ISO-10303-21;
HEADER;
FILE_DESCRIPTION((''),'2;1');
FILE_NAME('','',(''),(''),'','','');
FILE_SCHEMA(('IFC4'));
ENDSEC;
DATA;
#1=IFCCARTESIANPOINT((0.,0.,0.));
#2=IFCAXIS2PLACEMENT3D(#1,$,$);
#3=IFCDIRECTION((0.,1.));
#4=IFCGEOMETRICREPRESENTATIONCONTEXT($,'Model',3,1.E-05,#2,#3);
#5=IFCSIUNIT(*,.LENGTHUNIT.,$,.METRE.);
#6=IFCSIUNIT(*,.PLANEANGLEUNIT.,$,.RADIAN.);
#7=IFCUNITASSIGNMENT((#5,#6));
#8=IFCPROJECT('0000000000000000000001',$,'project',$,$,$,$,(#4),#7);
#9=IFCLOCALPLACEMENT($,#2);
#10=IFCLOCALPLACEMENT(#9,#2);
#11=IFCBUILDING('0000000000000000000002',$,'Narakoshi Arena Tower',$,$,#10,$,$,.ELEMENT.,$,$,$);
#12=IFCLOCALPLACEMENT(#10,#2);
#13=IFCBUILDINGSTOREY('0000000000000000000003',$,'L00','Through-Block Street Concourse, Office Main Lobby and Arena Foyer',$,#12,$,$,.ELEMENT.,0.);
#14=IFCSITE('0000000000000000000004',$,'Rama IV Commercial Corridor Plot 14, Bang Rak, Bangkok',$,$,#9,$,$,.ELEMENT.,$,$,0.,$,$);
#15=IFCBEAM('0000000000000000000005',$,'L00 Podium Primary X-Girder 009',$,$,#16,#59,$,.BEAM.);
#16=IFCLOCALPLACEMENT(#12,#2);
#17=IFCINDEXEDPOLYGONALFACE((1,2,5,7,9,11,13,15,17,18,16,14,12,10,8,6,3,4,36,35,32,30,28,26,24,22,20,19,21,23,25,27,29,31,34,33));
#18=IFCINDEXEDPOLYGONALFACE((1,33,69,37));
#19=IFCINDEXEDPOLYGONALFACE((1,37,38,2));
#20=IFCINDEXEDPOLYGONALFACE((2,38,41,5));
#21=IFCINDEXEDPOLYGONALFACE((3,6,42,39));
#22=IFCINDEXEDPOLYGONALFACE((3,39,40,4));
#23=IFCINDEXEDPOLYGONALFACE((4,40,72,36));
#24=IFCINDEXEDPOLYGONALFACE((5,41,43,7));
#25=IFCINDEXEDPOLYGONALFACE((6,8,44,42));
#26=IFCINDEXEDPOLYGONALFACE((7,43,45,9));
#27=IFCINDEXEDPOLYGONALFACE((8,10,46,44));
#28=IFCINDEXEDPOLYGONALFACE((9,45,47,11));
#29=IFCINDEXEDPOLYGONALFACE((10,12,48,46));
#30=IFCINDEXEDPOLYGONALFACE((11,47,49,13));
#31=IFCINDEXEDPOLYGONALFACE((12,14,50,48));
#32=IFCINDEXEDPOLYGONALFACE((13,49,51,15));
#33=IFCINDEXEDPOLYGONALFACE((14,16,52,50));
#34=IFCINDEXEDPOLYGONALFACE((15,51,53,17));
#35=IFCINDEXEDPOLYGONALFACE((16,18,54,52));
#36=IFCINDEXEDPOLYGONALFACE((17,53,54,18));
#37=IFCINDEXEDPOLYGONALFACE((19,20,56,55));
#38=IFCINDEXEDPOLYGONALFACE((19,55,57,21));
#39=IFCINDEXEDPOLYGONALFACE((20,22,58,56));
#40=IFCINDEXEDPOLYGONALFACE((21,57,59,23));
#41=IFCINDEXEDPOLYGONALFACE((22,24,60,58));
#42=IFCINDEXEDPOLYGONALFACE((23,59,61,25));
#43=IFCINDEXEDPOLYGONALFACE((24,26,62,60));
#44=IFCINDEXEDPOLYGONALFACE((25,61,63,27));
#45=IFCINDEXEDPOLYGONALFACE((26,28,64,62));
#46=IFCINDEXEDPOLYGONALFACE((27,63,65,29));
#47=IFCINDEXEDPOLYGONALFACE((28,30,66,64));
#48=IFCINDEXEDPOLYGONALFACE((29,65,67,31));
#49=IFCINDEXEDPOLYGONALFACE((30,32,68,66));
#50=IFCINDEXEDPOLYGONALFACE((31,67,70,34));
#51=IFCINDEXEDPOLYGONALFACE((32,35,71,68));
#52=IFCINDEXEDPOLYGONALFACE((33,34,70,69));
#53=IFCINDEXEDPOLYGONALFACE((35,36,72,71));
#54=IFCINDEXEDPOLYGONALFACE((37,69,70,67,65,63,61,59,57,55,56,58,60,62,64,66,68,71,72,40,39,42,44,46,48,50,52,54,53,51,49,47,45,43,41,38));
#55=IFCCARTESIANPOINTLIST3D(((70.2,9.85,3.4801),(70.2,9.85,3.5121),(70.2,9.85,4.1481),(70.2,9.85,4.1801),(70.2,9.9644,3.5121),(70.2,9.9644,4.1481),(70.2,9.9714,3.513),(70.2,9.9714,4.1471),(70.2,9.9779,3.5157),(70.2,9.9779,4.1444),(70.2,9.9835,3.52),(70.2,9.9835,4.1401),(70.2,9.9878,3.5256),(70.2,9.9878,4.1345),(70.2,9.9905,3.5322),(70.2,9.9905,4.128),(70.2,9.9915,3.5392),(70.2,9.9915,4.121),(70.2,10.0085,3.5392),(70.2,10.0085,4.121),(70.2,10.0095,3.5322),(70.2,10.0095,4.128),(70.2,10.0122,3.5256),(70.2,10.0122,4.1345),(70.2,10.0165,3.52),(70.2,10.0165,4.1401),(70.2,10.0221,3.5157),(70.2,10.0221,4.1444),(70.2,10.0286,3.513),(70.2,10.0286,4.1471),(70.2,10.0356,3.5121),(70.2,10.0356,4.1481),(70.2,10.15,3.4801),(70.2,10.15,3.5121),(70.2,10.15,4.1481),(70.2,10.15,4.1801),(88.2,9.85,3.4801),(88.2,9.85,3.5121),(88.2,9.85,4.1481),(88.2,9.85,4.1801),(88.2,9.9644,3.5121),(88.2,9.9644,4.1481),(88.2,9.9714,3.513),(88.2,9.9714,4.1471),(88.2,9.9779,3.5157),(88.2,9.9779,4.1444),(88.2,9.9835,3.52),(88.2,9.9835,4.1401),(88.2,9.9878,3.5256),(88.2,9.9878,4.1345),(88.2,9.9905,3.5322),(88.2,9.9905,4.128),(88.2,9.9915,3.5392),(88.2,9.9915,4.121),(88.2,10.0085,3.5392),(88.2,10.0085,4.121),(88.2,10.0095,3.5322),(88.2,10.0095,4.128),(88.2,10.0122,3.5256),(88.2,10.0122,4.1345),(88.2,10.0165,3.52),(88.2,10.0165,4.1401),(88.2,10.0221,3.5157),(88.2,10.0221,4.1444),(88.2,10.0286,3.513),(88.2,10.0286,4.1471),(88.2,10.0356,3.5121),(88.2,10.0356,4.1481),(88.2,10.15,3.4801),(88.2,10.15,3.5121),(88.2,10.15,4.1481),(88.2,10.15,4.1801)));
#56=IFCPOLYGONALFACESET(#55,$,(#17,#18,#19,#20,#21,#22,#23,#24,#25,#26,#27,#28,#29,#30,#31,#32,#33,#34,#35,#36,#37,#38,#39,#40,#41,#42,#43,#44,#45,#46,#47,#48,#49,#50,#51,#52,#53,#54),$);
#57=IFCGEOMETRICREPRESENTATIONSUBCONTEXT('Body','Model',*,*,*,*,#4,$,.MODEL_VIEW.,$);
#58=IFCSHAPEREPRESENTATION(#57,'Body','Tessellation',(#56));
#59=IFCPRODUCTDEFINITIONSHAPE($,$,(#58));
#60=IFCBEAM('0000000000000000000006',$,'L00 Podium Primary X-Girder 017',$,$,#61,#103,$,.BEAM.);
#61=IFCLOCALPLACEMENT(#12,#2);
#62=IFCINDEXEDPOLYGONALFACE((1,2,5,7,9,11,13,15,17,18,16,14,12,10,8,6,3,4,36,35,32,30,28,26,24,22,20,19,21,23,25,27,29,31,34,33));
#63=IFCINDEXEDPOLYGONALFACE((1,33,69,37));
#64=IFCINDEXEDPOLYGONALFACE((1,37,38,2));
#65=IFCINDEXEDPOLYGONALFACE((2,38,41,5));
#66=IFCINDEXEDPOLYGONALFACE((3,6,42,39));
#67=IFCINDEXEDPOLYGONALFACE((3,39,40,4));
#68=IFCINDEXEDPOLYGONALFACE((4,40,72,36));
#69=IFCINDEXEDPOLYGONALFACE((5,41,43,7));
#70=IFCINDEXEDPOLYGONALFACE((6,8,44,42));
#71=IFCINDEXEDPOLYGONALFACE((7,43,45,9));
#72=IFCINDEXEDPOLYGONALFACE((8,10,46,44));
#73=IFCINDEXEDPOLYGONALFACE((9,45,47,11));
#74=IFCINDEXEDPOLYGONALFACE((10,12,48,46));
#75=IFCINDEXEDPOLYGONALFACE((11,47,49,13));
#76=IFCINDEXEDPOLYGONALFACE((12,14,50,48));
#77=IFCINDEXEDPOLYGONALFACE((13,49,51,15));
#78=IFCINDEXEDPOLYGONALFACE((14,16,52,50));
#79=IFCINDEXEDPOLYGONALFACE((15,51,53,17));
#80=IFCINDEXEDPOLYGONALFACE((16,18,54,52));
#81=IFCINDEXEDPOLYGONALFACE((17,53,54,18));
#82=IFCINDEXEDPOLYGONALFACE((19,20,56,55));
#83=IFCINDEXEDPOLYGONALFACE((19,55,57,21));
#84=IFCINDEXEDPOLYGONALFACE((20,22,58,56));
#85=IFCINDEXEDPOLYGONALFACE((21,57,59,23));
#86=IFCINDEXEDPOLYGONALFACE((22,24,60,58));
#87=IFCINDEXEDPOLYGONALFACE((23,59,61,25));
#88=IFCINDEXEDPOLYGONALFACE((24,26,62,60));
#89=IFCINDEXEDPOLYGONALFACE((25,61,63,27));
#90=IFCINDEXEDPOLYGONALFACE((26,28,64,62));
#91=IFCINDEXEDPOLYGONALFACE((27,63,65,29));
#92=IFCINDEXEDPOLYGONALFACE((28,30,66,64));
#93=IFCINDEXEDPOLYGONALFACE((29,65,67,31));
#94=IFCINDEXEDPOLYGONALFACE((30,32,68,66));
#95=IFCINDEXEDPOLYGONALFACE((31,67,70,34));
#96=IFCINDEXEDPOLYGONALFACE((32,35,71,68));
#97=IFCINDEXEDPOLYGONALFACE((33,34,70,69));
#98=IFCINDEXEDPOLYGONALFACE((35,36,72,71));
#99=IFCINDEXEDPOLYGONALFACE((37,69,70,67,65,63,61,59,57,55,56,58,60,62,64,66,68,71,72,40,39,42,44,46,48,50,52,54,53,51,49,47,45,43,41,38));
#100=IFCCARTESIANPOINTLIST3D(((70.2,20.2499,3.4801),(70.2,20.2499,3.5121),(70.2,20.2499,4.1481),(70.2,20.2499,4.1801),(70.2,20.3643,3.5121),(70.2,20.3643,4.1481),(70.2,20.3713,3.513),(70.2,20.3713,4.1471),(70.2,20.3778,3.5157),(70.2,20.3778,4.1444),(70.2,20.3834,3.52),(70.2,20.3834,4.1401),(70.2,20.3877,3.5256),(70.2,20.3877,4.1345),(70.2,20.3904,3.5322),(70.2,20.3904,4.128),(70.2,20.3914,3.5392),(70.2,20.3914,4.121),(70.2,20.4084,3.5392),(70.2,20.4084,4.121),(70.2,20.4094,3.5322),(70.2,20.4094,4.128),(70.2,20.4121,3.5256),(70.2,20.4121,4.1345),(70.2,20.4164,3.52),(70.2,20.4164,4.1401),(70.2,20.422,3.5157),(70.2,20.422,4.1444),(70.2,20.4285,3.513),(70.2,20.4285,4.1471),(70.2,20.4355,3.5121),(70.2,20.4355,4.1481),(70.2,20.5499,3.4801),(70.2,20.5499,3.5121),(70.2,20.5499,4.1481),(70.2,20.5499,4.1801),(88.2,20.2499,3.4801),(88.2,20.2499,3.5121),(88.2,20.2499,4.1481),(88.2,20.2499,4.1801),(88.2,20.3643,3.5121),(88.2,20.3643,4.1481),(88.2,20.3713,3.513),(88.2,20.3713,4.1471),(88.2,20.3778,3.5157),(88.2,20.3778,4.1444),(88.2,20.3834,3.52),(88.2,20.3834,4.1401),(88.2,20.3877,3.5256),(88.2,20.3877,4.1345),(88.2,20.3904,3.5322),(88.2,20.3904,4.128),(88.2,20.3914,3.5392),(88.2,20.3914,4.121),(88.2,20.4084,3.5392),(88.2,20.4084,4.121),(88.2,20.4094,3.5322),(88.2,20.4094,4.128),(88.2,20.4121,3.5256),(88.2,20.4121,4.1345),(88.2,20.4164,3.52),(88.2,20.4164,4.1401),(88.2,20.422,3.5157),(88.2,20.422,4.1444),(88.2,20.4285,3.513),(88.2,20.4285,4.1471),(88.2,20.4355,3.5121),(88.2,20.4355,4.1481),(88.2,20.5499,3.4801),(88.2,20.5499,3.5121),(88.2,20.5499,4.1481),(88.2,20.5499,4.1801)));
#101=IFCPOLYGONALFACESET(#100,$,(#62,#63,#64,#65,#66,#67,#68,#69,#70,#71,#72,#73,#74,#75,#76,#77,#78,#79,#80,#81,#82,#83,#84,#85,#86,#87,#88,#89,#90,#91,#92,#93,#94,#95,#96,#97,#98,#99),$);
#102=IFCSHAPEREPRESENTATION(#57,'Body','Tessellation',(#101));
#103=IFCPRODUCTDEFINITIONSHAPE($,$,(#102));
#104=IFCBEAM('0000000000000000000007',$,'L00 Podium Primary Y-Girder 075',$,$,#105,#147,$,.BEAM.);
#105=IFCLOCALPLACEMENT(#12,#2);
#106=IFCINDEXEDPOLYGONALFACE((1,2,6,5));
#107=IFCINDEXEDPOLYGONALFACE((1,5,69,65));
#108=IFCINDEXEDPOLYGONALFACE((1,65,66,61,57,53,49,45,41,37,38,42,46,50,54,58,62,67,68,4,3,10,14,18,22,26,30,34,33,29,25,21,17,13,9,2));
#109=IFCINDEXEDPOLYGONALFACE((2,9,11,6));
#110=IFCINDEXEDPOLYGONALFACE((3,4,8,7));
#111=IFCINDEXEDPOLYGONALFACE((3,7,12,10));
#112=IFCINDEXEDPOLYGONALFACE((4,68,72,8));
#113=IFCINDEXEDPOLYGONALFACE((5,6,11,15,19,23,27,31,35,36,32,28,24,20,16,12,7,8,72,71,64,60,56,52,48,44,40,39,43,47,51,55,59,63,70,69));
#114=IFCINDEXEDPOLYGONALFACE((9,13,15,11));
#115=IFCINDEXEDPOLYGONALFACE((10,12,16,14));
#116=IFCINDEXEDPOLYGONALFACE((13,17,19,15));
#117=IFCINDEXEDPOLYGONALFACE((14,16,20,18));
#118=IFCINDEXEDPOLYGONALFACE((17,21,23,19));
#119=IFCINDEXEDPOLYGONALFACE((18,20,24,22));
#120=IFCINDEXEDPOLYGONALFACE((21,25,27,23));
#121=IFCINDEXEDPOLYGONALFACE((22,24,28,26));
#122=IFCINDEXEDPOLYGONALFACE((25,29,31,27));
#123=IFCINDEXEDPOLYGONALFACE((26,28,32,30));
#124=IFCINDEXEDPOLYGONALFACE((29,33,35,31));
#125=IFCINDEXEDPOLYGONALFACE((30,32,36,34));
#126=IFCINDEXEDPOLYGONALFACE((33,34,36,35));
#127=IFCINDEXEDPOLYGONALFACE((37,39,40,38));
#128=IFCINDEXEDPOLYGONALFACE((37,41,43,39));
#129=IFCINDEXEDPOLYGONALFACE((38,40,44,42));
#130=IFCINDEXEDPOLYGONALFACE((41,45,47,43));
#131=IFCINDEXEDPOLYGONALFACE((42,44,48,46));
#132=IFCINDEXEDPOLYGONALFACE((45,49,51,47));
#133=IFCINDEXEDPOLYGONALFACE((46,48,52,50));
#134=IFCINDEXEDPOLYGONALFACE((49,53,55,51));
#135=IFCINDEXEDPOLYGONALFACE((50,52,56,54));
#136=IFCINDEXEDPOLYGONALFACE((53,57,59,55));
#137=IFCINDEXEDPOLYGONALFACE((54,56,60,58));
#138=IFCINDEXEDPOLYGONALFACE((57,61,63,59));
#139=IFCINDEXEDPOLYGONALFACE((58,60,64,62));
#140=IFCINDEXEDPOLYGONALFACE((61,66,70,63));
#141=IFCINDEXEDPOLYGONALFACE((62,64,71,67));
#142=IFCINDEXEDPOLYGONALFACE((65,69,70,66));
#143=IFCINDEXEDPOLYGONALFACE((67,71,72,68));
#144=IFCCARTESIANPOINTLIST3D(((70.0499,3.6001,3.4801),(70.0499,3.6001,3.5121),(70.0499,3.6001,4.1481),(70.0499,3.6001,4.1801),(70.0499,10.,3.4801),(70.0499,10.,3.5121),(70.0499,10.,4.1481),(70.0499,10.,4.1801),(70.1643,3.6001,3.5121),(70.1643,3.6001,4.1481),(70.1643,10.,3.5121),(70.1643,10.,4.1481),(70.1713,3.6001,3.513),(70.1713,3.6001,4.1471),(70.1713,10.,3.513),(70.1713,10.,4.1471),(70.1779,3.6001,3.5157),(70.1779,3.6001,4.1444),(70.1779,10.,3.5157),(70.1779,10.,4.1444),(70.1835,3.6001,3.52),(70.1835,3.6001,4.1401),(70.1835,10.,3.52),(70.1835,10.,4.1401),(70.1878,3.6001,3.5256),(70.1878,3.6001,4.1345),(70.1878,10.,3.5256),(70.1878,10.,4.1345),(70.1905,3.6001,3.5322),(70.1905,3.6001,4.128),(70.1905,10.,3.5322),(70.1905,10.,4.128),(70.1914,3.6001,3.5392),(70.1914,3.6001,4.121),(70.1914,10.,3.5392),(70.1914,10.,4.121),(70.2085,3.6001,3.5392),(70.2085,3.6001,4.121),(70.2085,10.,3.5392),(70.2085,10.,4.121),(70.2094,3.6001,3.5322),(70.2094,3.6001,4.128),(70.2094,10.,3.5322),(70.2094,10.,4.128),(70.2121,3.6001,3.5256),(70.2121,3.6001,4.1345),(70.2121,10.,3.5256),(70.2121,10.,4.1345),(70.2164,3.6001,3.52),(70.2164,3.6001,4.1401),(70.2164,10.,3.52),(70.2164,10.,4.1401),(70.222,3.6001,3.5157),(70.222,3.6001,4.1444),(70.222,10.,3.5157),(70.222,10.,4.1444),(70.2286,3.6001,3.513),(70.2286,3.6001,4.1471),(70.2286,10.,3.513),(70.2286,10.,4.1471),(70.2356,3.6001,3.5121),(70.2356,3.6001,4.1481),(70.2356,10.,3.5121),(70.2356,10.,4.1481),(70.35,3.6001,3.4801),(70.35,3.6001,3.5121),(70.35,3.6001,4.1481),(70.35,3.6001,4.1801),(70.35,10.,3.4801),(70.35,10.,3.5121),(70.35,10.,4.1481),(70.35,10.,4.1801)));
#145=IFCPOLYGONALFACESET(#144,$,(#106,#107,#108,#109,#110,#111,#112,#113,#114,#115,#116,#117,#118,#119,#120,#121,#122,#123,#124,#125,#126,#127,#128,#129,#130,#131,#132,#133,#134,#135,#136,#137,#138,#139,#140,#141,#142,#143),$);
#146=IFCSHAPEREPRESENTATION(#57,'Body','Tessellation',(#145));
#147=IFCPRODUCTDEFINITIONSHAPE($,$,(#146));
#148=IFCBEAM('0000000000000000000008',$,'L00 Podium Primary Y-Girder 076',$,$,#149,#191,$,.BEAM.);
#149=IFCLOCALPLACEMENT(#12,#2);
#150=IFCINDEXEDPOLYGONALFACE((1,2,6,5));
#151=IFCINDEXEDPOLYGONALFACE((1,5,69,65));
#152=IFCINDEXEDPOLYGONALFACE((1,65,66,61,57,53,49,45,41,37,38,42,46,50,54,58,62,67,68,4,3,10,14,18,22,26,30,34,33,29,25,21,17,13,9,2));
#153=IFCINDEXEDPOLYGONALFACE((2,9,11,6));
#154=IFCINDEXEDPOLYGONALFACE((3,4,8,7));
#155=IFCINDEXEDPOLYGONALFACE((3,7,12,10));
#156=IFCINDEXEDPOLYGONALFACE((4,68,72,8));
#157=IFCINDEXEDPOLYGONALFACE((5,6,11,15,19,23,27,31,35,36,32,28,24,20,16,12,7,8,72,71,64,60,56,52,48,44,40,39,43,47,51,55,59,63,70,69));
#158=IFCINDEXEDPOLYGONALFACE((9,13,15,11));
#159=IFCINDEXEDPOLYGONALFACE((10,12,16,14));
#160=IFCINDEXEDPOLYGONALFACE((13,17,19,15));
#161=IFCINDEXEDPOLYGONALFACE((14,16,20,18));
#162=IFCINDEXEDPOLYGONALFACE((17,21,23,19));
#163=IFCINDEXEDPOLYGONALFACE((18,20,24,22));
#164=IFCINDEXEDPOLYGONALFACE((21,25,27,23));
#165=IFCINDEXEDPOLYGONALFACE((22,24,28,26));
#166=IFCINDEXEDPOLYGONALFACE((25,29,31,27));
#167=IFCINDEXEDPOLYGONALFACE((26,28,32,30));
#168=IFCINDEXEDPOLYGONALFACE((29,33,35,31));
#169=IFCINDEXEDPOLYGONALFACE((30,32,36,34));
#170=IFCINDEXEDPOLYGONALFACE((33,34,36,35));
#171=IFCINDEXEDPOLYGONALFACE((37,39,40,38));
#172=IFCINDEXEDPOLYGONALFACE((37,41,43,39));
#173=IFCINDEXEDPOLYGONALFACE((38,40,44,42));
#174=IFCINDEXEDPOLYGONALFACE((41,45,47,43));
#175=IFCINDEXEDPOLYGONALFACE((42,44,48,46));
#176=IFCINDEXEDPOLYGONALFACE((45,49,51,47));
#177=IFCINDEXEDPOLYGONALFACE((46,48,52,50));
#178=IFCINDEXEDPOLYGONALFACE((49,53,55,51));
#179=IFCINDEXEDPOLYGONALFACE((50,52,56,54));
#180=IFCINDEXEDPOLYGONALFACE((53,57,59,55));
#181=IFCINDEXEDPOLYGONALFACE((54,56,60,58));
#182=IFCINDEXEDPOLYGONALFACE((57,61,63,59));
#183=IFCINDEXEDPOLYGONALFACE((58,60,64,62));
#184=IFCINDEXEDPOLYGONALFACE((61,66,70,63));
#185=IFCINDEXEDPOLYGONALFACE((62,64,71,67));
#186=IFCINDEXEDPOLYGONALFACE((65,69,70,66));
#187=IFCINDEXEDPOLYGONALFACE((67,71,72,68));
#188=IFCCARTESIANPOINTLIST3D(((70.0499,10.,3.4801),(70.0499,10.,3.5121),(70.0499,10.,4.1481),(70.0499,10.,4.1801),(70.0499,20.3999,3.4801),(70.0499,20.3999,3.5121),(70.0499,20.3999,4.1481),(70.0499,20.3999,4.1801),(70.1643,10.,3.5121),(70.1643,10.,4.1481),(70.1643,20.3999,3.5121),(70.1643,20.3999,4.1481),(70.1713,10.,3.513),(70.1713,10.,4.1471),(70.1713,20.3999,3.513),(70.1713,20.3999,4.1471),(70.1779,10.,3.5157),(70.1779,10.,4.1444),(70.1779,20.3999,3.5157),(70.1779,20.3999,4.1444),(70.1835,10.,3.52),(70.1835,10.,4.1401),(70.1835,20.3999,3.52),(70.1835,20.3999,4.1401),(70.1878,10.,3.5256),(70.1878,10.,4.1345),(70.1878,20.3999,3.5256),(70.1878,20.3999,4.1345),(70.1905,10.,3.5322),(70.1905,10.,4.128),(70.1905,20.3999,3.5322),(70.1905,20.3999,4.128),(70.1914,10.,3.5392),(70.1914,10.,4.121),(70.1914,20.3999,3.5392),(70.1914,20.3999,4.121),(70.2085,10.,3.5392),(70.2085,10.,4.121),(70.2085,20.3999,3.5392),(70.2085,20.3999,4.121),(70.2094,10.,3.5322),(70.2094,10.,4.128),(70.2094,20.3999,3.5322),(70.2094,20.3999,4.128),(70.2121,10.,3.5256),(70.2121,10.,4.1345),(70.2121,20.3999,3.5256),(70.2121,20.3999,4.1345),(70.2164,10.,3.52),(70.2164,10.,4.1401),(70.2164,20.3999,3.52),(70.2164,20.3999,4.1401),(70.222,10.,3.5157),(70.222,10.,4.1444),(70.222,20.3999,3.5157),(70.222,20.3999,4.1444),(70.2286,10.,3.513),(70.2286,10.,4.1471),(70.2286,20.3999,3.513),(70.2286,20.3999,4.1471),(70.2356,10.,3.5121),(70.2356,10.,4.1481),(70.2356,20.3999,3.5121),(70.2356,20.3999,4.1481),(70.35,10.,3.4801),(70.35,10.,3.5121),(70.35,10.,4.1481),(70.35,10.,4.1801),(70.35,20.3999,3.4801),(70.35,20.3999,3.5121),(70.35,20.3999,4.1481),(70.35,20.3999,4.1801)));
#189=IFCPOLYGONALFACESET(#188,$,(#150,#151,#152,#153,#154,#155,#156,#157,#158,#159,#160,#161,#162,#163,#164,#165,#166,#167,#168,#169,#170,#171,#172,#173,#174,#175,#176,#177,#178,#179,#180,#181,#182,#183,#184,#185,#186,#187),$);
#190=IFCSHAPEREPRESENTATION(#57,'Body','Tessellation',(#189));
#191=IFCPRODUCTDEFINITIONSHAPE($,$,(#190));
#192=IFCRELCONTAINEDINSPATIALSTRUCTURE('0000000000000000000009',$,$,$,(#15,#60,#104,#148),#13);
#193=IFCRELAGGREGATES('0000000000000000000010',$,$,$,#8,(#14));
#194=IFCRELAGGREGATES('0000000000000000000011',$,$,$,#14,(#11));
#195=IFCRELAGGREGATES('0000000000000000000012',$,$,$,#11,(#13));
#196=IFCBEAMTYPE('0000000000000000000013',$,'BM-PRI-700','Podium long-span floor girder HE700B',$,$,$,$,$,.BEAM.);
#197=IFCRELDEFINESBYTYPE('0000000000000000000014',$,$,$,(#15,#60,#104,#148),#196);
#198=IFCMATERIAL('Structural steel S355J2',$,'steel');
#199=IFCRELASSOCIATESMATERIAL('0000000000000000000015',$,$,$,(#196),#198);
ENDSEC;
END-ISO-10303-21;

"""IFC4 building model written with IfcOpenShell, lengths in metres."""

from ifc_helpers import new_model, si_unit, direction, frame, origin, origin_2d, place, context, subcontext, project, spatial, i_section, extrude, material, material_profile, profile_set, type_object, element, save


model = new_model("IFC4")

# Units and contexts
model_context = context("Model", 3, precision=1e-05, world=origin(), true_north=direction((0.0, 1.0)))
body_context = subcontext(model_context, "Body", "Model", "MODEL_VIEW")
ifc_project = project(units=[si_unit("LENGTHUNIT", "METRE"), si_unit("PLANEANGLEUNIT", "RADIAN")], contexts=[model_context])

# Site, building, storey
site_placement = place(None, origin())
site = spatial("IfcSite", under=ifc_project, at=site_placement, Name="Rama IV Commercial Corridor Plot 14, Bang Rak, Bangkok", CompositionType="ELEMENT", RefElevation=0.0)
building_placement = place(site_placement, origin())
building = spatial("IfcBuilding", under=site, at=building_placement, Name="Narakoshi Arena Tower", CompositionType="ELEMENT")
storey_placement = place(building_placement, origin())
storey = spatial("IfcBuildingStorey", under=building, at=storey_placement, Name="L00", Description="Through-Block Street Concourse, Office Main Lobby and Arena Foyer", CompositionType="ELEMENT", Elevation=0.0)

# Beams
ifc_material_1 = material(Name="Structural steel S355J2", Category="steel")
ifc_material_profile_1 = material_profile(ifc_material_1, i_section(OverallWidth=0.3, OverallDepth=0.7, WebThickness=0.0171, FlangeThickness=0.032, FilletRadius=0.0271, at=origin_2d()), Name="HE700B")
ifc_profile_set_1 = profile_set([ifc_material_profile_1], Name="Structural steel S355J2")
beam_type_1 = type_object("IfcBeamType", Name="BM-PRI-700", Description="Podium long-span floor girder HE700B", PredefinedType="BEAM", material=ifc_profile_set_1)
for number, where, z_axis, x_axis, name in (
    (1, (70.2, 10.0, 3.8301), (1.0, 0.0, 0.0), (0.0, 1.0, 0.0), "L00 Podium Primary X-Girder 009"),
    (2, (70.2, 20.3999, 3.8301), (1.0, 0.0, 0.0), (0.0, 1.0, 0.0), "L00 Podium Primary X-Girder 017"),
):
    element("IfcBeam", number, at=place(storey_placement, frame(where, z_axis=z_axis, x_axis=x_axis)), inside=storey, type_object=beam_type_1, Name=name, PredefinedType="BEAM", context=body_context, shape_type="SweptSolid", body=[
        extrude(i_section(OverallWidth=0.3, OverallDepth=0.7, WebThickness=0.0171, FlangeThickness=0.032, FilletRadius=0.0271, at=origin_2d()), origin(), (0.0, 0.0, 1.0), 18.0),
    ])
beam_1_placement = place(storey_placement, frame((70.2, 3.6001, 3.8301), z_axis=(0.0, 1.0, 0.0), x_axis=(-1.0, 0.0, 0.0)))
element("IfcBeam", 3, at=beam_1_placement, inside=storey, type_object=beam_type_1, Name="L00 Podium Primary Y-Girder 075", PredefinedType="BEAM", context=body_context, shape_type="SweptSolid", body=[
    extrude(i_section(OverallWidth=0.3, OverallDepth=0.7, WebThickness=0.0171, FlangeThickness=0.032, FilletRadius=0.0271, at=origin_2d()), origin(), (0.0, 0.0, 1.0), 6.3999),
])
beam_2_placement = place(storey_placement, frame((70.2, 10.0, 3.8301), z_axis=(0.0, 1.0, 0.0), x_axis=(-1.0, 0.0, 0.0)))
element("IfcBeam", 4, at=beam_2_placement, inside=storey, type_object=beam_type_1, Name="L00 Podium Primary Y-Girder 076", PredefinedType="BEAM", context=body_context, shape_type="SweptSolid", body=[
    extrude(i_section(OverallWidth=0.3, OverallDepth=0.7, WebThickness=0.0171, FlangeThickness=0.032, FilletRadius=0.0271, at=origin_2d()), origin(), (0.0, 0.0, 1.0), 10.3999),
])

save(model, "model.ifc")
